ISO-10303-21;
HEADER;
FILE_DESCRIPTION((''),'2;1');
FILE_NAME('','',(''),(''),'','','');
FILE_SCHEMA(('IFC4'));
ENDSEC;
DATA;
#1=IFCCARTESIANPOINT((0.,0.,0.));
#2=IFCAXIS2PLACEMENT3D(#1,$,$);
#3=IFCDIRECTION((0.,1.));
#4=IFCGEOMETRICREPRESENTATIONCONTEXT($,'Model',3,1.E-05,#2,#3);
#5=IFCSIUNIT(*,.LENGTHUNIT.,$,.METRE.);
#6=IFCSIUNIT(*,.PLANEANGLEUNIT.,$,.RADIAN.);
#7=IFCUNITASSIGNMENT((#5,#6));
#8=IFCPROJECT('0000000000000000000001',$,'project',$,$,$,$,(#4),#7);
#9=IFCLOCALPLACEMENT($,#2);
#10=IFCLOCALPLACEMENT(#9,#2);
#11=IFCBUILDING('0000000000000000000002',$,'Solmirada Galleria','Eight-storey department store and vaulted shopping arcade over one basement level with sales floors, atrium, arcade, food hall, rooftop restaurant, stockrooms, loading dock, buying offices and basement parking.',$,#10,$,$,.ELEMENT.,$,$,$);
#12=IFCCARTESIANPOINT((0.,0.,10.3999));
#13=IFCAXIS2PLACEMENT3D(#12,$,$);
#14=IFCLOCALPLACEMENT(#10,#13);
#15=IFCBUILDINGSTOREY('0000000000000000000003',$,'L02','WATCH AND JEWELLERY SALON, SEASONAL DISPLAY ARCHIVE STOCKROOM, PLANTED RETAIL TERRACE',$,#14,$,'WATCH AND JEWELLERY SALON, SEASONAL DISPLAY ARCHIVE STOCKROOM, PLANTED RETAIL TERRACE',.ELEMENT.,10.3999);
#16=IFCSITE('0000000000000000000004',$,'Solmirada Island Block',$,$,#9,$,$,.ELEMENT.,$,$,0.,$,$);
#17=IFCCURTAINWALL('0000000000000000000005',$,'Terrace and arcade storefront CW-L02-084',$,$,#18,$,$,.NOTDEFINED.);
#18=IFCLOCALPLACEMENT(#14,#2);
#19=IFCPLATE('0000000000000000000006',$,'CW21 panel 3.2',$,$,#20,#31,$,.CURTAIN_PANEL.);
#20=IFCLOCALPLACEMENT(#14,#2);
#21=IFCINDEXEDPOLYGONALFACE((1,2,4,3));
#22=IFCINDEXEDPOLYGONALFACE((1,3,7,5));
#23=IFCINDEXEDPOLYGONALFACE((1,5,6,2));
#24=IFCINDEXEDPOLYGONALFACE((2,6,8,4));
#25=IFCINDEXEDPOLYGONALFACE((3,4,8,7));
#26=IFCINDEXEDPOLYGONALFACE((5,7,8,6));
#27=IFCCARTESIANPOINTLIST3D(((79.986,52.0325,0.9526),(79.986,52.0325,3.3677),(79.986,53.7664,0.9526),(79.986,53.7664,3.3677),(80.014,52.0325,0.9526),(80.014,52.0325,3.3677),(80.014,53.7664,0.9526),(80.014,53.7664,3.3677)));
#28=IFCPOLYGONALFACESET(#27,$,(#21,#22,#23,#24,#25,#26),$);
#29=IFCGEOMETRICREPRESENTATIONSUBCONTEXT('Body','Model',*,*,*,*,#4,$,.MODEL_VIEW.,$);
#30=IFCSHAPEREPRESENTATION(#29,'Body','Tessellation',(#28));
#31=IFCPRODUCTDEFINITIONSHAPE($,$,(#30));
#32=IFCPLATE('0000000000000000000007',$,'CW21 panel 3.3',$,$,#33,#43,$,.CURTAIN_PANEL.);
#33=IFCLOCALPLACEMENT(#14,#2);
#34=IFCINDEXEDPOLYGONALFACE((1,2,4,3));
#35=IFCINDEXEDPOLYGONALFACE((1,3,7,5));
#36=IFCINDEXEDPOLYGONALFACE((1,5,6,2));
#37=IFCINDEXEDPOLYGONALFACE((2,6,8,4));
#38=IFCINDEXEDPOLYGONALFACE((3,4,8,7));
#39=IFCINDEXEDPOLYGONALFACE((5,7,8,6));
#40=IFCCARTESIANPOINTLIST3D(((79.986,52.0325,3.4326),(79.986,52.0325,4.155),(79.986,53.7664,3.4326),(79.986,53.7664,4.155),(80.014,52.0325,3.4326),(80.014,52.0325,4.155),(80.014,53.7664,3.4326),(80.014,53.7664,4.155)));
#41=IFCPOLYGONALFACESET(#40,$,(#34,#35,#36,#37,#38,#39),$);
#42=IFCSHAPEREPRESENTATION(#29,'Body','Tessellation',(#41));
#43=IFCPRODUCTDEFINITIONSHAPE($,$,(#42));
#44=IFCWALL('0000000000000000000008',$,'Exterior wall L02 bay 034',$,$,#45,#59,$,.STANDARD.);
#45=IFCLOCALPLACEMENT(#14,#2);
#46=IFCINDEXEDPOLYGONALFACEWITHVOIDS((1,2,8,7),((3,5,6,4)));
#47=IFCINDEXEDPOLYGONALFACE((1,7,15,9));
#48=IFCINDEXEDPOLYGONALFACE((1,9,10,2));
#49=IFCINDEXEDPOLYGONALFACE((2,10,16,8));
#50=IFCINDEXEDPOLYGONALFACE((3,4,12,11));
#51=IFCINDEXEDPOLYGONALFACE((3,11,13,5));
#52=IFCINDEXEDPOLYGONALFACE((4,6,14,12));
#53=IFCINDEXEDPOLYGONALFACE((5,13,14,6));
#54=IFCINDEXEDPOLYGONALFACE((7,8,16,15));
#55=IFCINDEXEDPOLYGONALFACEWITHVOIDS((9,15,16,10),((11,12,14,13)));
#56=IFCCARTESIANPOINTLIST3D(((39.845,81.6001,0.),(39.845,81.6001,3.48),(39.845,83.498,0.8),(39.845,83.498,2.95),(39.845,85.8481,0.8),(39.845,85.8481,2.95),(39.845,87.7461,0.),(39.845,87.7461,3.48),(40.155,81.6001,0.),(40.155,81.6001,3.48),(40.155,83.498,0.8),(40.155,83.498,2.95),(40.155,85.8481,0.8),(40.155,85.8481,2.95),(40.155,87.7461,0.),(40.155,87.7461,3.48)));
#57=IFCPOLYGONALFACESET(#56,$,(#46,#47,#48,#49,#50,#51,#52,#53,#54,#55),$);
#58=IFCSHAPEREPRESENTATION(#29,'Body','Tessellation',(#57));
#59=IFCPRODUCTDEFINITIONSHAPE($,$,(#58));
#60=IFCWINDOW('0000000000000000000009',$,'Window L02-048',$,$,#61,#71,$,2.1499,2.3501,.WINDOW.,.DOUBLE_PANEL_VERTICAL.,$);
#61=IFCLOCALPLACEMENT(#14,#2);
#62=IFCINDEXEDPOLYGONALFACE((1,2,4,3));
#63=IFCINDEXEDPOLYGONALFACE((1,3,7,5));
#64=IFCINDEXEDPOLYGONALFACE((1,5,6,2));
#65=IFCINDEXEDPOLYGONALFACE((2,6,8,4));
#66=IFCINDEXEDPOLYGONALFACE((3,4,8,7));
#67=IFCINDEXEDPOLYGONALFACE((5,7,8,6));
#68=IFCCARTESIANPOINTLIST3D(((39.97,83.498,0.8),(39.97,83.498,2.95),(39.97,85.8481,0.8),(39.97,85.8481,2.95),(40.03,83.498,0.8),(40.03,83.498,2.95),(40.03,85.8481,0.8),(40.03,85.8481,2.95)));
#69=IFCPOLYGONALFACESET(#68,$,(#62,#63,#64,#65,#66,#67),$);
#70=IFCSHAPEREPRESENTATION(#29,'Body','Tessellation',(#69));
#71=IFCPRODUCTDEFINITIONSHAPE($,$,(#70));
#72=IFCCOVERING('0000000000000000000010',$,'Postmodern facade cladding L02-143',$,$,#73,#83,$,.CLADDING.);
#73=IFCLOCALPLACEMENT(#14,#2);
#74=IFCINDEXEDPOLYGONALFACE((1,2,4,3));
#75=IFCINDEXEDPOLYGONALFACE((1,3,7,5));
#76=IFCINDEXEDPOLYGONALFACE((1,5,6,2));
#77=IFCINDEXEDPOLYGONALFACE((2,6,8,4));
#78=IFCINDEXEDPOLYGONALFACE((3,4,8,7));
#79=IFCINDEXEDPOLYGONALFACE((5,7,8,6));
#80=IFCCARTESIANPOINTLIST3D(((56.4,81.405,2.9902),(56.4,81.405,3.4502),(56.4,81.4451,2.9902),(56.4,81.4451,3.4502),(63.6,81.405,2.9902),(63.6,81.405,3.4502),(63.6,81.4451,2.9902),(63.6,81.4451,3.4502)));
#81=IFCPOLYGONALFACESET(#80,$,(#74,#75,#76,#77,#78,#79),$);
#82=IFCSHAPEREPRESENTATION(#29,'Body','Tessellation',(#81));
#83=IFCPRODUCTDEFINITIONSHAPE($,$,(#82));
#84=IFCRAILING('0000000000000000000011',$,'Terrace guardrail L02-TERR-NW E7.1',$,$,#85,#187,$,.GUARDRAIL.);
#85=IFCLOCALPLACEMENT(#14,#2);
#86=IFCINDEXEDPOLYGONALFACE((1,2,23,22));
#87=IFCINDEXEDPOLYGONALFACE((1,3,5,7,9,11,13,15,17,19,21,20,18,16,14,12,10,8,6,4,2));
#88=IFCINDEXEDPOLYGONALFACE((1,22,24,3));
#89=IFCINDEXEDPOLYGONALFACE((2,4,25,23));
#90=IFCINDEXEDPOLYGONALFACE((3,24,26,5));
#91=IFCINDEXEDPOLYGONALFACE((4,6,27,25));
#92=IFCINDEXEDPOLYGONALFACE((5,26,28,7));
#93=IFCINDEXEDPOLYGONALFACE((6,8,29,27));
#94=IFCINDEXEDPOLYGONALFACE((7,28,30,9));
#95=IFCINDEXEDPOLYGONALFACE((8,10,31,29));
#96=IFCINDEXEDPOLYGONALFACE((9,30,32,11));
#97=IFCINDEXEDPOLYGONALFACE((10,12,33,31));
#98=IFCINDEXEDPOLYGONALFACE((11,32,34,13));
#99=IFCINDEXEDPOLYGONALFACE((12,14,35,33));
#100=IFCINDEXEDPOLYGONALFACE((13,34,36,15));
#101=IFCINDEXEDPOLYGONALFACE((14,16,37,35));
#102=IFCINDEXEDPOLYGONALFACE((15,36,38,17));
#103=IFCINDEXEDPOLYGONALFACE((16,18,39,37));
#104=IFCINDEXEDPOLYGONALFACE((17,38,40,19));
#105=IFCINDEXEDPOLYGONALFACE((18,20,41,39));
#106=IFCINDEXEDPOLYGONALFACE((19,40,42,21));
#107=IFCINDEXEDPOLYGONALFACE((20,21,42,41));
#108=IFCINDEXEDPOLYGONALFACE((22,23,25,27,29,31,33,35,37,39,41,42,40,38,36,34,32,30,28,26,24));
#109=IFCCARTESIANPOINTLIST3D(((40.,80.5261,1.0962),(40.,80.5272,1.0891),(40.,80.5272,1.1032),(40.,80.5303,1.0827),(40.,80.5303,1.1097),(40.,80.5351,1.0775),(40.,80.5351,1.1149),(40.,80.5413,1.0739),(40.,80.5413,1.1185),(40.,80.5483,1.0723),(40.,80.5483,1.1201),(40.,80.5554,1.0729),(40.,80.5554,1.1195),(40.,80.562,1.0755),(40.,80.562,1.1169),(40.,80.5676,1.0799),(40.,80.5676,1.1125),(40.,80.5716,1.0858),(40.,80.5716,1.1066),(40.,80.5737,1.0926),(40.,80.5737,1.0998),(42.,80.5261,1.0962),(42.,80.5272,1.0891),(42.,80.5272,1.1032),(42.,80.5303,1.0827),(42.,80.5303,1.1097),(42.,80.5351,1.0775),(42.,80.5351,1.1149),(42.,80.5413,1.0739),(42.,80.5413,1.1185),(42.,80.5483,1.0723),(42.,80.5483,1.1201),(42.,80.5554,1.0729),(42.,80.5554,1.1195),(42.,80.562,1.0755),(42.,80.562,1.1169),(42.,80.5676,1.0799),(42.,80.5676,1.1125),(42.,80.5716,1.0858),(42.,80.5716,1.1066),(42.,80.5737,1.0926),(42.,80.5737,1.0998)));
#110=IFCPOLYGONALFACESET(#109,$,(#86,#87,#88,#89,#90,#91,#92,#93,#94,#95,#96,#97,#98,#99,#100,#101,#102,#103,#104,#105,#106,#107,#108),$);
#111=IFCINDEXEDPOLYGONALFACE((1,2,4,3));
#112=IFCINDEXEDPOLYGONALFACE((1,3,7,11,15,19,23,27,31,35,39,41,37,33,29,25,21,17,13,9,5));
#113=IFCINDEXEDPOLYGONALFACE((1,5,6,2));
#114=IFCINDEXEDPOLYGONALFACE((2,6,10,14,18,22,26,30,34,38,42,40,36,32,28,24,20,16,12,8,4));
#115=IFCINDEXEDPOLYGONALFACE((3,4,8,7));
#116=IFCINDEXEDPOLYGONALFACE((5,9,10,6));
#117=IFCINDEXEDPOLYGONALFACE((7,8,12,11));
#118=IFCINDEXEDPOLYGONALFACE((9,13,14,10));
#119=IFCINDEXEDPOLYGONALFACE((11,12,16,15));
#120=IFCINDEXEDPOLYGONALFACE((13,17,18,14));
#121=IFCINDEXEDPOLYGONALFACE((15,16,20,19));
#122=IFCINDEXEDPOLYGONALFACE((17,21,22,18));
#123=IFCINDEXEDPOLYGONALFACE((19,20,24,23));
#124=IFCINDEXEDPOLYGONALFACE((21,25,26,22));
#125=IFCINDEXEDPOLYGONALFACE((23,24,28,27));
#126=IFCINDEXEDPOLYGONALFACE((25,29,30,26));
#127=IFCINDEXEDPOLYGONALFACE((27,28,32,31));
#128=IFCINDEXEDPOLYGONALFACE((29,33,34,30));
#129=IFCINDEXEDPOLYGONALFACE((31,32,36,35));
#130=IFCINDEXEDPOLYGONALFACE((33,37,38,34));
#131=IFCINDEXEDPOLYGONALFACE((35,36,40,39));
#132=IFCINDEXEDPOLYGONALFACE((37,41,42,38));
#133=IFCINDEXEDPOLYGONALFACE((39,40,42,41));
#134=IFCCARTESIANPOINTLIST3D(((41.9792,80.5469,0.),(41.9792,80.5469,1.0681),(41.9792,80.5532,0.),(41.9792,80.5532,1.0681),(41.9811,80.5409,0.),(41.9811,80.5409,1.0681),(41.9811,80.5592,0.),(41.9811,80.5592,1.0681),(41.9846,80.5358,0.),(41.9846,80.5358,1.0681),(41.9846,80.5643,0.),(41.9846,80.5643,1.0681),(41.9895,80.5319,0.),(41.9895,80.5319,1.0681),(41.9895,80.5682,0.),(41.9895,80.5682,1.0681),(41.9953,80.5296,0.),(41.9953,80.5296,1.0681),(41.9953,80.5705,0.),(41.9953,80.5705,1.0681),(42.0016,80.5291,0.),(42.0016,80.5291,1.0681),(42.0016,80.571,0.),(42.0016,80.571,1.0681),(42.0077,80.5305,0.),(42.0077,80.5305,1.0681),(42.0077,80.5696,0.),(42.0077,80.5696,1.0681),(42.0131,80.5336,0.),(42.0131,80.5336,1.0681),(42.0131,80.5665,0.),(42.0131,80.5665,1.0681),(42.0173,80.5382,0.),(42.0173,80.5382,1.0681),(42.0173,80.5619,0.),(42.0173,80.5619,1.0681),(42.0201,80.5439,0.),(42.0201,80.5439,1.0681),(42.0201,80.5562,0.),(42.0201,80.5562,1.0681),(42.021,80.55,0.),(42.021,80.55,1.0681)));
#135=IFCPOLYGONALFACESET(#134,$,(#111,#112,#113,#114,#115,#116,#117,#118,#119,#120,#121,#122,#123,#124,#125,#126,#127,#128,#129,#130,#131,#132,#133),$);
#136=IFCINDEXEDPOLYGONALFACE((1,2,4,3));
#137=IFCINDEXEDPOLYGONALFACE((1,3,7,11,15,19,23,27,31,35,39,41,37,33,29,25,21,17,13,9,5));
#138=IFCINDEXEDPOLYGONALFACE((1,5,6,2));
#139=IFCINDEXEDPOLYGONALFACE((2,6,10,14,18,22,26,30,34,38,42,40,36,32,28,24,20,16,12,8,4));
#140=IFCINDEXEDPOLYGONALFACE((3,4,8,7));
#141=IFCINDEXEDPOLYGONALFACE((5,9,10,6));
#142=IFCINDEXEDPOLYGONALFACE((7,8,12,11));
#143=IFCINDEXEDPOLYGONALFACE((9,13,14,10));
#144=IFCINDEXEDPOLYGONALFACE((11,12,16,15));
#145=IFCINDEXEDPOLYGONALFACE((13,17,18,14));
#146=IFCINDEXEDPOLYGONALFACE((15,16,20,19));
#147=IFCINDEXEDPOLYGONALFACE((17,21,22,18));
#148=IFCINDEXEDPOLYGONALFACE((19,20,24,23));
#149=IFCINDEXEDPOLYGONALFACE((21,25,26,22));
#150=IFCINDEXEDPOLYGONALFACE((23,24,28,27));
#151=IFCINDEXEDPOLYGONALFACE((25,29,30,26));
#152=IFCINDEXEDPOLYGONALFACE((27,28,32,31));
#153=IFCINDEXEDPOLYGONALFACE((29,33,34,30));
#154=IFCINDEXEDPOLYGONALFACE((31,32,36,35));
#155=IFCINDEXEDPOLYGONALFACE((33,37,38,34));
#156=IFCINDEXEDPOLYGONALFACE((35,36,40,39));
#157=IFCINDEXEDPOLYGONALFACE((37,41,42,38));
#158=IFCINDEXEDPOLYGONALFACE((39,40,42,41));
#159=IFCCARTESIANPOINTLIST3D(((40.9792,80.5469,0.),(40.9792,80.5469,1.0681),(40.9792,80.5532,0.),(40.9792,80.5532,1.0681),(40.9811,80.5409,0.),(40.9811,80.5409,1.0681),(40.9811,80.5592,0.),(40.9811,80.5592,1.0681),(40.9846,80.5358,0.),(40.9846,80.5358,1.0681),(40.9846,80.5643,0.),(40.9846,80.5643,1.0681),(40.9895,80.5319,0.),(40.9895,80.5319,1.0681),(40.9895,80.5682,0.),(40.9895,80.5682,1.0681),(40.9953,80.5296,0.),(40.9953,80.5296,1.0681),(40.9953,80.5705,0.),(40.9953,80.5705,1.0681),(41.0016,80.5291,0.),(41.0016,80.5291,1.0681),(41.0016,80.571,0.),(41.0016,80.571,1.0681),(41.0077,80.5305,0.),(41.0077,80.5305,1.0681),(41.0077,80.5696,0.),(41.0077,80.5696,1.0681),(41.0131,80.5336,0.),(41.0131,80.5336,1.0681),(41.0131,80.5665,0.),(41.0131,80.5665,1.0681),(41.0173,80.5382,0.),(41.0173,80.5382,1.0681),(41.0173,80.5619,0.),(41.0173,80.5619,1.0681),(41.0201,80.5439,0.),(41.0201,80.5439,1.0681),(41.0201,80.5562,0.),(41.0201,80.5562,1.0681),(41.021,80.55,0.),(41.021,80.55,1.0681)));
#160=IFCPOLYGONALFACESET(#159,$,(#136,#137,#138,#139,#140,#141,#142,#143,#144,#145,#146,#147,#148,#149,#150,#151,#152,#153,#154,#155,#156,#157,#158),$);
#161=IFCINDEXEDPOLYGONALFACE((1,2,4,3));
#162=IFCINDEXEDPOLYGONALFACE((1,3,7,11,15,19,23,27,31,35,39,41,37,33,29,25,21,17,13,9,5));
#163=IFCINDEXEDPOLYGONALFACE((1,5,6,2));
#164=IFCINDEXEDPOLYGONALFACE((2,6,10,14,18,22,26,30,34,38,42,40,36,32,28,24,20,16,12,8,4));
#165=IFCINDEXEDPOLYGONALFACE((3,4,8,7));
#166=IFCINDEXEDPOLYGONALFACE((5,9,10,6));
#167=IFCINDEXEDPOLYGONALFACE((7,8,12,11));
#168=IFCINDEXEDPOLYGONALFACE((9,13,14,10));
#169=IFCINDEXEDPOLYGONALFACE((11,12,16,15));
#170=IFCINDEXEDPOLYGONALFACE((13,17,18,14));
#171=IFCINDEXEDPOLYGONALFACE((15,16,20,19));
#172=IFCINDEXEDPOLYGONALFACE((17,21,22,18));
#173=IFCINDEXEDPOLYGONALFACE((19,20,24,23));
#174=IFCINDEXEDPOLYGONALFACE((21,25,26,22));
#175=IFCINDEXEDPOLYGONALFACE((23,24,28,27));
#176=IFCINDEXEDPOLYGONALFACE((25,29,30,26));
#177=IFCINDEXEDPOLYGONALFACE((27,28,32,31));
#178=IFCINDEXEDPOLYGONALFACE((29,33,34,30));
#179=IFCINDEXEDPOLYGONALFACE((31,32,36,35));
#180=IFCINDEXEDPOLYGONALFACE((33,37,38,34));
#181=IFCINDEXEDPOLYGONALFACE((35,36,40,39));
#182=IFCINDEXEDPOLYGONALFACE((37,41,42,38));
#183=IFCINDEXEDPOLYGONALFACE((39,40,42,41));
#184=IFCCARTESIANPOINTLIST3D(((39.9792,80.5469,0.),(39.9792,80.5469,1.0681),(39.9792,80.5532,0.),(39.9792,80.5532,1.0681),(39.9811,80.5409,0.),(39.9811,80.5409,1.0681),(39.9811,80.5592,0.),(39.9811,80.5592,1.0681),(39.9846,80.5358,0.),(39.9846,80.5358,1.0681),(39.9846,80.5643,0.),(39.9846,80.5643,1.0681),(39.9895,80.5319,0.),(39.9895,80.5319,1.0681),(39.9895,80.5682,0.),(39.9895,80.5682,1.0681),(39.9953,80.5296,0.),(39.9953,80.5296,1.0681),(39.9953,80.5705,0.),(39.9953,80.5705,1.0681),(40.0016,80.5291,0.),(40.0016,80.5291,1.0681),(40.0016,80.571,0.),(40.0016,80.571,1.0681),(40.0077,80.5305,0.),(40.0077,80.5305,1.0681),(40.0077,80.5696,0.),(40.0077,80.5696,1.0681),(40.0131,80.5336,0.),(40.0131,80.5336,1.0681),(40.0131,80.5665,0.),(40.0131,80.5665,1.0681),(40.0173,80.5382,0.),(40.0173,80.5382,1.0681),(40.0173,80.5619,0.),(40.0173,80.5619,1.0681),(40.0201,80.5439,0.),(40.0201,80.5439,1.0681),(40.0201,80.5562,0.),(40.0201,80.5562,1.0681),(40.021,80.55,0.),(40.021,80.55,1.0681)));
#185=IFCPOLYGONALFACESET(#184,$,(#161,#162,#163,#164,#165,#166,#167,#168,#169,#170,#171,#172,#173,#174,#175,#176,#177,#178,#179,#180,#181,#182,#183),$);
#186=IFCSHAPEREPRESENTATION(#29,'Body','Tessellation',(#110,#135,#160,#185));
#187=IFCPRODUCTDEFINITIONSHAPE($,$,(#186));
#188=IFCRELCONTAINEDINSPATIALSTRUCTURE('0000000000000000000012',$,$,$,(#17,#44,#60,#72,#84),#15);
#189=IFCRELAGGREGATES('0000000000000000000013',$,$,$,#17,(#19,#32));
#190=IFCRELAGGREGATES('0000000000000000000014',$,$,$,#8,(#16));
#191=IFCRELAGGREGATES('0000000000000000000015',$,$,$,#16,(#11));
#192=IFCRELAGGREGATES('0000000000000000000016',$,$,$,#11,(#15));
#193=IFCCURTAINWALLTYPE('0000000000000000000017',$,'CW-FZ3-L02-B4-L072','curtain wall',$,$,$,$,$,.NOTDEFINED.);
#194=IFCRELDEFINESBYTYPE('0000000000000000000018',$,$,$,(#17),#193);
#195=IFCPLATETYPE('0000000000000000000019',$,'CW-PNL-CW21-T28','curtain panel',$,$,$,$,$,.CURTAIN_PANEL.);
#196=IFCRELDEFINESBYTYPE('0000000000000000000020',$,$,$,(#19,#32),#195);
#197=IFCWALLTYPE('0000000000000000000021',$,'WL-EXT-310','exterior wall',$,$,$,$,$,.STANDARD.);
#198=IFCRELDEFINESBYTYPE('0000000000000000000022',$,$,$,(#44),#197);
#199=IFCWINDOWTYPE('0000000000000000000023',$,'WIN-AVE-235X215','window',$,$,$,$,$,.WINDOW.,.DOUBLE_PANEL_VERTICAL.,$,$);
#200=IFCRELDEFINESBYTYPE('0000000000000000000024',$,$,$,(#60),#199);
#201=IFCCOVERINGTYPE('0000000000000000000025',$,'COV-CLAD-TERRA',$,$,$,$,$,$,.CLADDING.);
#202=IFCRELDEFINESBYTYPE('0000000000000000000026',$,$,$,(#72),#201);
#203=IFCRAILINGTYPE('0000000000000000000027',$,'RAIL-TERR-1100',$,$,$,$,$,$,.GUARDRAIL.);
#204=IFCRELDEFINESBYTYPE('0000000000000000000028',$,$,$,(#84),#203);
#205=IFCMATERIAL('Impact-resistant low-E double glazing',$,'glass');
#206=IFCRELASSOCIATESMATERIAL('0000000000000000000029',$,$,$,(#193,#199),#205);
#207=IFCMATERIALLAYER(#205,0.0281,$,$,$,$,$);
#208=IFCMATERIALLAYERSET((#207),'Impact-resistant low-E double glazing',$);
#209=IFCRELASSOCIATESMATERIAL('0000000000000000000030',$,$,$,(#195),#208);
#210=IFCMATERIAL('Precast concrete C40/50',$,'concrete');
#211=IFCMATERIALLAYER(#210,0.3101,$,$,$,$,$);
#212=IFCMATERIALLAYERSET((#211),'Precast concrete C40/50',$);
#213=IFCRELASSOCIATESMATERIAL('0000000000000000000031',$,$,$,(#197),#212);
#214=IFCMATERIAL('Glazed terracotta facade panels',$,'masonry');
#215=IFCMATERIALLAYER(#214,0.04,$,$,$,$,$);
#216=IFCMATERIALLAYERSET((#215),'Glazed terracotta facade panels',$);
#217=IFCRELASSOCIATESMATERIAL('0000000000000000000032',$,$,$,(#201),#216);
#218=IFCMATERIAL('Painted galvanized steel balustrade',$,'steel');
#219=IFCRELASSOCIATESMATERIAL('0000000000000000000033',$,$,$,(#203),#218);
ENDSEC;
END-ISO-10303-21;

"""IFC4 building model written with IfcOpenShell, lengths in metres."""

from ifc_helpers import new_model, si_unit, direction, frame, frame_2d, origin, origin_2d, place, context, subcontext, project, spatial, rectangle, circle, extrude, material, layer, layer_set, type_object, element, fill, aggregate, save


model = new_model("IFC4")

# Units and contexts
model_context = context("Model", 3, precision=1e-05, world=origin(), true_north=direction((0.0, 1.0)))
body_context = subcontext(model_context, "Body", "Model", "MODEL_VIEW")
ifc_project = project(units=[si_unit("LENGTHUNIT", "METRE"), si_unit("PLANEANGLEUNIT", "RADIAN")], contexts=[model_context])

# Site, building, storey
site_placement = place(None, origin())
site = spatial("IfcSite", under=ifc_project, at=site_placement, Name="Solmirada Island Block", CompositionType="ELEMENT", RefElevation=0.0)
building_placement = place(site_placement, origin())
building = spatial("IfcBuilding", under=site, at=building_placement, Name="Solmirada Galleria", Description="Eight-storey department store and vaulted shopping arcade over one basement level with sales floors, atrium, arcade, food hall, rooftop restaurant, stockrooms, loading dock, buying offices and basement parking.", CompositionType="ELEMENT")
storey_placement = place(building_placement, frame((0.0, 0.0, 10.3999)))
storey = spatial("IfcBuildingStorey", under=building, at=storey_placement, Name="L02", Description="WATCH AND JEWELLERY SALON, SEASONAL DISPLAY ARCHIVE STOCKROOM, PLANTED RETAIL TERRACE", LongName="WATCH AND JEWELLERY SALON, SEASONAL DISPLAY ARCHIVE STOCKROOM, PLANTED RETAIL TERRACE", CompositionType="ELEMENT", Elevation=10.3999)

# Curtain wall
ifc_material_1 = material(Name="Impact-resistant low-E double glazing", Category="glass")
curtain_wall_type_1 = type_object("IfcCurtainWallType", Name="CW-FZ3-L02-B4-L072", Description="curtain wall", PredefinedType="NOTDEFINED", material=ifc_material_1)
curtain_wall_1_placement = place(storey_placement, origin())
curtain_wall_1 = element("IfcCurtainWall", 1, at=curtain_wall_1_placement, inside=storey, type_object=curtain_wall_type_1, Name="Terrace and arcade storefront CW-L02-084", PredefinedType="NOTDEFINED")

# Plates
ifc_layer_1 = layer(ifc_material_1, 0.0281)
ifc_layer_set_1 = layer_set([ifc_layer_1], Name="Impact-resistant low-E double glazing")
plate_type = type_object("IfcPlateType", Name="CW-PNL-CW21-T28", Description="curtain panel", PredefinedType="CURTAIN_PANEL", material=ifc_layer_set_1)
plate_1_placement = place(storey_placement, frame((80.0, 52.8994, 0.9526), z_axis=(0.0, 0.0, 1.0), x_axis=(0.0, 1.0, 0.0)))
plate_1 = element("IfcPlate", 2, at=plate_1_placement, type_object=plate_type, Name="CW21 panel 3.2", PredefinedType="CURTAIN_PANEL", context=body_context, shape_type="SweptSolid", body=[
    extrude(rectangle(XDim=1.7339, YDim=0.0281, at=origin_2d()), origin(), (0.0, 0.0, 1.0), 2.415),
])
plate_2_placement = place(storey_placement, frame((80.0, 52.8994, 3.4326), z_axis=(0.0, 0.0, 1.0), x_axis=(0.0, 1.0, 0.0)))
plate_2 = element("IfcPlate", 3, at=plate_2_placement, type_object=plate_type, Name="CW21 panel 3.3", PredefinedType="CURTAIN_PANEL", context=body_context, shape_type="SweptSolid", body=[
    extrude(rectangle(XDim=1.7339, YDim=0.0281, at=origin_2d()), origin(), (0.0, 0.0, 1.0), 0.7224),
])
aggregate(curtain_wall_1, [plate_1, plate_2])

# Wall, opening, window
ifc_material_2 = material(Name="Precast concrete C40/50", Category="concrete")
ifc_layer_2 = layer(ifc_material_2, 0.3101)
ifc_layer_set_2 = layer_set([ifc_layer_2], Name="Precast concrete C40/50")
wall_type = type_object("IfcWallType", Name="WL-EXT-310", Description="exterior wall", PredefinedType="STANDARD", material=ifc_layer_set_2)
wall_placement = place(storey_placement, frame((40.0, 81.6001, 0.0), z_axis=(0.0, 0.0, 1.0), x_axis=(0.0, 1.0, 0.0)))
wall = element("IfcWall", 4, at=wall_placement, inside=storey, type_object=wall_type, Name="Exterior wall L02 bay 034", PredefinedType="STANDARD", context=body_context, shape_type="SweptSolid", body=[
    extrude(rectangle(XDim=6.146, YDim=0.3101, at=frame_2d((3.073, 0.0))), origin(), (0.0, 0.0, 1.0), 3.48),
])
opening_placement = place(wall_placement, frame((1.8979, 0.0, 0.8)))
opening = element("IfcOpeningElement", 5, at=opening_placement, cuts=wall, PredefinedType="OPENING", context=body_context, shape_type="SweptSolid", body=[
    extrude(rectangle(XDim=2.3501, YDim=2.1499, at=frame_2d((1.175, 1.075))), frame((0.0, 0.165, 0.0), z_axis=(0.0, -1.0, 0.0), x_axis=(1.0, 0.0, 0.0)), (0.0, 0.0, 1.0), 0.3301),
])
window_type = type_object("IfcWindowType", Name="WIN-AVE-235X215", Description="window", PartitioningType="DOUBLE_PANEL_VERTICAL", PredefinedType="WINDOW", material=ifc_material_1)
window_placement = place(opening_placement, origin())
window = element("IfcWindow", 6, at=window_placement, inside=storey, type_object=window_type, Name="Window L02-048", OverallHeight=2.1499, OverallWidth=2.3501, PartitioningType="DOUBLE_PANEL_VERTICAL", PredefinedType="WINDOW", context=body_context, shape_type="SweptSolid", body=[
    extrude(rectangle(XDim=2.3501, YDim=2.1499, at=frame_2d((1.175, 1.075))), frame((0.0, 0.03, 0.0), z_axis=(0.0, -1.0, 0.0), x_axis=(1.0, 0.0, 0.0)), (0.0, 0.0, 1.0), 0.0601),
])
fill(opening, window)

# Covering
ifc_material_3 = material(Name="Glazed terracotta facade panels", Category="masonry")
ifc_layer_3 = layer(ifc_material_3, 0.04)
ifc_layer_set_3 = layer_set([ifc_layer_3], Name="Glazed terracotta facade panels")
covering_type = type_object("IfcCoveringType", Name="COV-CLAD-TERRA", PredefinedType="CLADDING", material=ifc_layer_set_3)
covering_placement = place(storey_placement, frame((60.0, 81.425, 2.9902), z_axis=(0.0, 0.0, 1.0), x_axis=(-1.0, 0.0, 0.0)))
element("IfcCovering", 7, at=covering_placement, inside=storey, type_object=covering_type, Name="Postmodern facade cladding L02-143", PredefinedType="CLADDING", context=body_context, shape_type="SweptSolid", body=[
    extrude(rectangle(XDim=7.2, YDim=0.04, at=origin_2d()), origin(), (0.0, 0.0, 1.0), 0.46),
])

# Railing
ifc_material_4 = material(Name="Painted galvanized steel balustrade", Category="steel")
railing_type = type_object("IfcRailingType", Name="RAIL-TERR-1100", PredefinedType="GUARDRAIL", material=ifc_material_4)
railing_1_placement = place(storey_placement, frame((42.0, 80.55, 0.0)))
element("IfcRailing", 8, at=railing_1_placement, inside=storey, type_object=railing_type, Name="Terrace guardrail L02-TERR-NW E7.1", PredefinedType="GUARDRAIL", context=body_context, shape_type="SweptSolid", body=[
    extrude(circle(Radius=0.0239, at=origin_2d()), frame((0.0, 0.0, 1.0962), z_axis=(-1.0, 0.0, 0.0), x_axis=(0.0, -1.0, 0.0)), (0.0, 0.0, 1.0), 2.0),
    extrude(circle(Radius=0.021, at=origin_2d()), origin(), (0.0, 0.0, 1.0), 1.0681),
    extrude(circle(Radius=0.021, at=origin_2d()), frame((-1.0, 0.0, 0.0)), (0.0, 0.0, 1.0), 1.0681),
    extrude(circle(Radius=0.021, at=origin_2d()), frame((-2.0, 0.0, 0.0)), (0.0, 0.0, 1.0), 1.0681),
])

save(model, "model.ifc")
